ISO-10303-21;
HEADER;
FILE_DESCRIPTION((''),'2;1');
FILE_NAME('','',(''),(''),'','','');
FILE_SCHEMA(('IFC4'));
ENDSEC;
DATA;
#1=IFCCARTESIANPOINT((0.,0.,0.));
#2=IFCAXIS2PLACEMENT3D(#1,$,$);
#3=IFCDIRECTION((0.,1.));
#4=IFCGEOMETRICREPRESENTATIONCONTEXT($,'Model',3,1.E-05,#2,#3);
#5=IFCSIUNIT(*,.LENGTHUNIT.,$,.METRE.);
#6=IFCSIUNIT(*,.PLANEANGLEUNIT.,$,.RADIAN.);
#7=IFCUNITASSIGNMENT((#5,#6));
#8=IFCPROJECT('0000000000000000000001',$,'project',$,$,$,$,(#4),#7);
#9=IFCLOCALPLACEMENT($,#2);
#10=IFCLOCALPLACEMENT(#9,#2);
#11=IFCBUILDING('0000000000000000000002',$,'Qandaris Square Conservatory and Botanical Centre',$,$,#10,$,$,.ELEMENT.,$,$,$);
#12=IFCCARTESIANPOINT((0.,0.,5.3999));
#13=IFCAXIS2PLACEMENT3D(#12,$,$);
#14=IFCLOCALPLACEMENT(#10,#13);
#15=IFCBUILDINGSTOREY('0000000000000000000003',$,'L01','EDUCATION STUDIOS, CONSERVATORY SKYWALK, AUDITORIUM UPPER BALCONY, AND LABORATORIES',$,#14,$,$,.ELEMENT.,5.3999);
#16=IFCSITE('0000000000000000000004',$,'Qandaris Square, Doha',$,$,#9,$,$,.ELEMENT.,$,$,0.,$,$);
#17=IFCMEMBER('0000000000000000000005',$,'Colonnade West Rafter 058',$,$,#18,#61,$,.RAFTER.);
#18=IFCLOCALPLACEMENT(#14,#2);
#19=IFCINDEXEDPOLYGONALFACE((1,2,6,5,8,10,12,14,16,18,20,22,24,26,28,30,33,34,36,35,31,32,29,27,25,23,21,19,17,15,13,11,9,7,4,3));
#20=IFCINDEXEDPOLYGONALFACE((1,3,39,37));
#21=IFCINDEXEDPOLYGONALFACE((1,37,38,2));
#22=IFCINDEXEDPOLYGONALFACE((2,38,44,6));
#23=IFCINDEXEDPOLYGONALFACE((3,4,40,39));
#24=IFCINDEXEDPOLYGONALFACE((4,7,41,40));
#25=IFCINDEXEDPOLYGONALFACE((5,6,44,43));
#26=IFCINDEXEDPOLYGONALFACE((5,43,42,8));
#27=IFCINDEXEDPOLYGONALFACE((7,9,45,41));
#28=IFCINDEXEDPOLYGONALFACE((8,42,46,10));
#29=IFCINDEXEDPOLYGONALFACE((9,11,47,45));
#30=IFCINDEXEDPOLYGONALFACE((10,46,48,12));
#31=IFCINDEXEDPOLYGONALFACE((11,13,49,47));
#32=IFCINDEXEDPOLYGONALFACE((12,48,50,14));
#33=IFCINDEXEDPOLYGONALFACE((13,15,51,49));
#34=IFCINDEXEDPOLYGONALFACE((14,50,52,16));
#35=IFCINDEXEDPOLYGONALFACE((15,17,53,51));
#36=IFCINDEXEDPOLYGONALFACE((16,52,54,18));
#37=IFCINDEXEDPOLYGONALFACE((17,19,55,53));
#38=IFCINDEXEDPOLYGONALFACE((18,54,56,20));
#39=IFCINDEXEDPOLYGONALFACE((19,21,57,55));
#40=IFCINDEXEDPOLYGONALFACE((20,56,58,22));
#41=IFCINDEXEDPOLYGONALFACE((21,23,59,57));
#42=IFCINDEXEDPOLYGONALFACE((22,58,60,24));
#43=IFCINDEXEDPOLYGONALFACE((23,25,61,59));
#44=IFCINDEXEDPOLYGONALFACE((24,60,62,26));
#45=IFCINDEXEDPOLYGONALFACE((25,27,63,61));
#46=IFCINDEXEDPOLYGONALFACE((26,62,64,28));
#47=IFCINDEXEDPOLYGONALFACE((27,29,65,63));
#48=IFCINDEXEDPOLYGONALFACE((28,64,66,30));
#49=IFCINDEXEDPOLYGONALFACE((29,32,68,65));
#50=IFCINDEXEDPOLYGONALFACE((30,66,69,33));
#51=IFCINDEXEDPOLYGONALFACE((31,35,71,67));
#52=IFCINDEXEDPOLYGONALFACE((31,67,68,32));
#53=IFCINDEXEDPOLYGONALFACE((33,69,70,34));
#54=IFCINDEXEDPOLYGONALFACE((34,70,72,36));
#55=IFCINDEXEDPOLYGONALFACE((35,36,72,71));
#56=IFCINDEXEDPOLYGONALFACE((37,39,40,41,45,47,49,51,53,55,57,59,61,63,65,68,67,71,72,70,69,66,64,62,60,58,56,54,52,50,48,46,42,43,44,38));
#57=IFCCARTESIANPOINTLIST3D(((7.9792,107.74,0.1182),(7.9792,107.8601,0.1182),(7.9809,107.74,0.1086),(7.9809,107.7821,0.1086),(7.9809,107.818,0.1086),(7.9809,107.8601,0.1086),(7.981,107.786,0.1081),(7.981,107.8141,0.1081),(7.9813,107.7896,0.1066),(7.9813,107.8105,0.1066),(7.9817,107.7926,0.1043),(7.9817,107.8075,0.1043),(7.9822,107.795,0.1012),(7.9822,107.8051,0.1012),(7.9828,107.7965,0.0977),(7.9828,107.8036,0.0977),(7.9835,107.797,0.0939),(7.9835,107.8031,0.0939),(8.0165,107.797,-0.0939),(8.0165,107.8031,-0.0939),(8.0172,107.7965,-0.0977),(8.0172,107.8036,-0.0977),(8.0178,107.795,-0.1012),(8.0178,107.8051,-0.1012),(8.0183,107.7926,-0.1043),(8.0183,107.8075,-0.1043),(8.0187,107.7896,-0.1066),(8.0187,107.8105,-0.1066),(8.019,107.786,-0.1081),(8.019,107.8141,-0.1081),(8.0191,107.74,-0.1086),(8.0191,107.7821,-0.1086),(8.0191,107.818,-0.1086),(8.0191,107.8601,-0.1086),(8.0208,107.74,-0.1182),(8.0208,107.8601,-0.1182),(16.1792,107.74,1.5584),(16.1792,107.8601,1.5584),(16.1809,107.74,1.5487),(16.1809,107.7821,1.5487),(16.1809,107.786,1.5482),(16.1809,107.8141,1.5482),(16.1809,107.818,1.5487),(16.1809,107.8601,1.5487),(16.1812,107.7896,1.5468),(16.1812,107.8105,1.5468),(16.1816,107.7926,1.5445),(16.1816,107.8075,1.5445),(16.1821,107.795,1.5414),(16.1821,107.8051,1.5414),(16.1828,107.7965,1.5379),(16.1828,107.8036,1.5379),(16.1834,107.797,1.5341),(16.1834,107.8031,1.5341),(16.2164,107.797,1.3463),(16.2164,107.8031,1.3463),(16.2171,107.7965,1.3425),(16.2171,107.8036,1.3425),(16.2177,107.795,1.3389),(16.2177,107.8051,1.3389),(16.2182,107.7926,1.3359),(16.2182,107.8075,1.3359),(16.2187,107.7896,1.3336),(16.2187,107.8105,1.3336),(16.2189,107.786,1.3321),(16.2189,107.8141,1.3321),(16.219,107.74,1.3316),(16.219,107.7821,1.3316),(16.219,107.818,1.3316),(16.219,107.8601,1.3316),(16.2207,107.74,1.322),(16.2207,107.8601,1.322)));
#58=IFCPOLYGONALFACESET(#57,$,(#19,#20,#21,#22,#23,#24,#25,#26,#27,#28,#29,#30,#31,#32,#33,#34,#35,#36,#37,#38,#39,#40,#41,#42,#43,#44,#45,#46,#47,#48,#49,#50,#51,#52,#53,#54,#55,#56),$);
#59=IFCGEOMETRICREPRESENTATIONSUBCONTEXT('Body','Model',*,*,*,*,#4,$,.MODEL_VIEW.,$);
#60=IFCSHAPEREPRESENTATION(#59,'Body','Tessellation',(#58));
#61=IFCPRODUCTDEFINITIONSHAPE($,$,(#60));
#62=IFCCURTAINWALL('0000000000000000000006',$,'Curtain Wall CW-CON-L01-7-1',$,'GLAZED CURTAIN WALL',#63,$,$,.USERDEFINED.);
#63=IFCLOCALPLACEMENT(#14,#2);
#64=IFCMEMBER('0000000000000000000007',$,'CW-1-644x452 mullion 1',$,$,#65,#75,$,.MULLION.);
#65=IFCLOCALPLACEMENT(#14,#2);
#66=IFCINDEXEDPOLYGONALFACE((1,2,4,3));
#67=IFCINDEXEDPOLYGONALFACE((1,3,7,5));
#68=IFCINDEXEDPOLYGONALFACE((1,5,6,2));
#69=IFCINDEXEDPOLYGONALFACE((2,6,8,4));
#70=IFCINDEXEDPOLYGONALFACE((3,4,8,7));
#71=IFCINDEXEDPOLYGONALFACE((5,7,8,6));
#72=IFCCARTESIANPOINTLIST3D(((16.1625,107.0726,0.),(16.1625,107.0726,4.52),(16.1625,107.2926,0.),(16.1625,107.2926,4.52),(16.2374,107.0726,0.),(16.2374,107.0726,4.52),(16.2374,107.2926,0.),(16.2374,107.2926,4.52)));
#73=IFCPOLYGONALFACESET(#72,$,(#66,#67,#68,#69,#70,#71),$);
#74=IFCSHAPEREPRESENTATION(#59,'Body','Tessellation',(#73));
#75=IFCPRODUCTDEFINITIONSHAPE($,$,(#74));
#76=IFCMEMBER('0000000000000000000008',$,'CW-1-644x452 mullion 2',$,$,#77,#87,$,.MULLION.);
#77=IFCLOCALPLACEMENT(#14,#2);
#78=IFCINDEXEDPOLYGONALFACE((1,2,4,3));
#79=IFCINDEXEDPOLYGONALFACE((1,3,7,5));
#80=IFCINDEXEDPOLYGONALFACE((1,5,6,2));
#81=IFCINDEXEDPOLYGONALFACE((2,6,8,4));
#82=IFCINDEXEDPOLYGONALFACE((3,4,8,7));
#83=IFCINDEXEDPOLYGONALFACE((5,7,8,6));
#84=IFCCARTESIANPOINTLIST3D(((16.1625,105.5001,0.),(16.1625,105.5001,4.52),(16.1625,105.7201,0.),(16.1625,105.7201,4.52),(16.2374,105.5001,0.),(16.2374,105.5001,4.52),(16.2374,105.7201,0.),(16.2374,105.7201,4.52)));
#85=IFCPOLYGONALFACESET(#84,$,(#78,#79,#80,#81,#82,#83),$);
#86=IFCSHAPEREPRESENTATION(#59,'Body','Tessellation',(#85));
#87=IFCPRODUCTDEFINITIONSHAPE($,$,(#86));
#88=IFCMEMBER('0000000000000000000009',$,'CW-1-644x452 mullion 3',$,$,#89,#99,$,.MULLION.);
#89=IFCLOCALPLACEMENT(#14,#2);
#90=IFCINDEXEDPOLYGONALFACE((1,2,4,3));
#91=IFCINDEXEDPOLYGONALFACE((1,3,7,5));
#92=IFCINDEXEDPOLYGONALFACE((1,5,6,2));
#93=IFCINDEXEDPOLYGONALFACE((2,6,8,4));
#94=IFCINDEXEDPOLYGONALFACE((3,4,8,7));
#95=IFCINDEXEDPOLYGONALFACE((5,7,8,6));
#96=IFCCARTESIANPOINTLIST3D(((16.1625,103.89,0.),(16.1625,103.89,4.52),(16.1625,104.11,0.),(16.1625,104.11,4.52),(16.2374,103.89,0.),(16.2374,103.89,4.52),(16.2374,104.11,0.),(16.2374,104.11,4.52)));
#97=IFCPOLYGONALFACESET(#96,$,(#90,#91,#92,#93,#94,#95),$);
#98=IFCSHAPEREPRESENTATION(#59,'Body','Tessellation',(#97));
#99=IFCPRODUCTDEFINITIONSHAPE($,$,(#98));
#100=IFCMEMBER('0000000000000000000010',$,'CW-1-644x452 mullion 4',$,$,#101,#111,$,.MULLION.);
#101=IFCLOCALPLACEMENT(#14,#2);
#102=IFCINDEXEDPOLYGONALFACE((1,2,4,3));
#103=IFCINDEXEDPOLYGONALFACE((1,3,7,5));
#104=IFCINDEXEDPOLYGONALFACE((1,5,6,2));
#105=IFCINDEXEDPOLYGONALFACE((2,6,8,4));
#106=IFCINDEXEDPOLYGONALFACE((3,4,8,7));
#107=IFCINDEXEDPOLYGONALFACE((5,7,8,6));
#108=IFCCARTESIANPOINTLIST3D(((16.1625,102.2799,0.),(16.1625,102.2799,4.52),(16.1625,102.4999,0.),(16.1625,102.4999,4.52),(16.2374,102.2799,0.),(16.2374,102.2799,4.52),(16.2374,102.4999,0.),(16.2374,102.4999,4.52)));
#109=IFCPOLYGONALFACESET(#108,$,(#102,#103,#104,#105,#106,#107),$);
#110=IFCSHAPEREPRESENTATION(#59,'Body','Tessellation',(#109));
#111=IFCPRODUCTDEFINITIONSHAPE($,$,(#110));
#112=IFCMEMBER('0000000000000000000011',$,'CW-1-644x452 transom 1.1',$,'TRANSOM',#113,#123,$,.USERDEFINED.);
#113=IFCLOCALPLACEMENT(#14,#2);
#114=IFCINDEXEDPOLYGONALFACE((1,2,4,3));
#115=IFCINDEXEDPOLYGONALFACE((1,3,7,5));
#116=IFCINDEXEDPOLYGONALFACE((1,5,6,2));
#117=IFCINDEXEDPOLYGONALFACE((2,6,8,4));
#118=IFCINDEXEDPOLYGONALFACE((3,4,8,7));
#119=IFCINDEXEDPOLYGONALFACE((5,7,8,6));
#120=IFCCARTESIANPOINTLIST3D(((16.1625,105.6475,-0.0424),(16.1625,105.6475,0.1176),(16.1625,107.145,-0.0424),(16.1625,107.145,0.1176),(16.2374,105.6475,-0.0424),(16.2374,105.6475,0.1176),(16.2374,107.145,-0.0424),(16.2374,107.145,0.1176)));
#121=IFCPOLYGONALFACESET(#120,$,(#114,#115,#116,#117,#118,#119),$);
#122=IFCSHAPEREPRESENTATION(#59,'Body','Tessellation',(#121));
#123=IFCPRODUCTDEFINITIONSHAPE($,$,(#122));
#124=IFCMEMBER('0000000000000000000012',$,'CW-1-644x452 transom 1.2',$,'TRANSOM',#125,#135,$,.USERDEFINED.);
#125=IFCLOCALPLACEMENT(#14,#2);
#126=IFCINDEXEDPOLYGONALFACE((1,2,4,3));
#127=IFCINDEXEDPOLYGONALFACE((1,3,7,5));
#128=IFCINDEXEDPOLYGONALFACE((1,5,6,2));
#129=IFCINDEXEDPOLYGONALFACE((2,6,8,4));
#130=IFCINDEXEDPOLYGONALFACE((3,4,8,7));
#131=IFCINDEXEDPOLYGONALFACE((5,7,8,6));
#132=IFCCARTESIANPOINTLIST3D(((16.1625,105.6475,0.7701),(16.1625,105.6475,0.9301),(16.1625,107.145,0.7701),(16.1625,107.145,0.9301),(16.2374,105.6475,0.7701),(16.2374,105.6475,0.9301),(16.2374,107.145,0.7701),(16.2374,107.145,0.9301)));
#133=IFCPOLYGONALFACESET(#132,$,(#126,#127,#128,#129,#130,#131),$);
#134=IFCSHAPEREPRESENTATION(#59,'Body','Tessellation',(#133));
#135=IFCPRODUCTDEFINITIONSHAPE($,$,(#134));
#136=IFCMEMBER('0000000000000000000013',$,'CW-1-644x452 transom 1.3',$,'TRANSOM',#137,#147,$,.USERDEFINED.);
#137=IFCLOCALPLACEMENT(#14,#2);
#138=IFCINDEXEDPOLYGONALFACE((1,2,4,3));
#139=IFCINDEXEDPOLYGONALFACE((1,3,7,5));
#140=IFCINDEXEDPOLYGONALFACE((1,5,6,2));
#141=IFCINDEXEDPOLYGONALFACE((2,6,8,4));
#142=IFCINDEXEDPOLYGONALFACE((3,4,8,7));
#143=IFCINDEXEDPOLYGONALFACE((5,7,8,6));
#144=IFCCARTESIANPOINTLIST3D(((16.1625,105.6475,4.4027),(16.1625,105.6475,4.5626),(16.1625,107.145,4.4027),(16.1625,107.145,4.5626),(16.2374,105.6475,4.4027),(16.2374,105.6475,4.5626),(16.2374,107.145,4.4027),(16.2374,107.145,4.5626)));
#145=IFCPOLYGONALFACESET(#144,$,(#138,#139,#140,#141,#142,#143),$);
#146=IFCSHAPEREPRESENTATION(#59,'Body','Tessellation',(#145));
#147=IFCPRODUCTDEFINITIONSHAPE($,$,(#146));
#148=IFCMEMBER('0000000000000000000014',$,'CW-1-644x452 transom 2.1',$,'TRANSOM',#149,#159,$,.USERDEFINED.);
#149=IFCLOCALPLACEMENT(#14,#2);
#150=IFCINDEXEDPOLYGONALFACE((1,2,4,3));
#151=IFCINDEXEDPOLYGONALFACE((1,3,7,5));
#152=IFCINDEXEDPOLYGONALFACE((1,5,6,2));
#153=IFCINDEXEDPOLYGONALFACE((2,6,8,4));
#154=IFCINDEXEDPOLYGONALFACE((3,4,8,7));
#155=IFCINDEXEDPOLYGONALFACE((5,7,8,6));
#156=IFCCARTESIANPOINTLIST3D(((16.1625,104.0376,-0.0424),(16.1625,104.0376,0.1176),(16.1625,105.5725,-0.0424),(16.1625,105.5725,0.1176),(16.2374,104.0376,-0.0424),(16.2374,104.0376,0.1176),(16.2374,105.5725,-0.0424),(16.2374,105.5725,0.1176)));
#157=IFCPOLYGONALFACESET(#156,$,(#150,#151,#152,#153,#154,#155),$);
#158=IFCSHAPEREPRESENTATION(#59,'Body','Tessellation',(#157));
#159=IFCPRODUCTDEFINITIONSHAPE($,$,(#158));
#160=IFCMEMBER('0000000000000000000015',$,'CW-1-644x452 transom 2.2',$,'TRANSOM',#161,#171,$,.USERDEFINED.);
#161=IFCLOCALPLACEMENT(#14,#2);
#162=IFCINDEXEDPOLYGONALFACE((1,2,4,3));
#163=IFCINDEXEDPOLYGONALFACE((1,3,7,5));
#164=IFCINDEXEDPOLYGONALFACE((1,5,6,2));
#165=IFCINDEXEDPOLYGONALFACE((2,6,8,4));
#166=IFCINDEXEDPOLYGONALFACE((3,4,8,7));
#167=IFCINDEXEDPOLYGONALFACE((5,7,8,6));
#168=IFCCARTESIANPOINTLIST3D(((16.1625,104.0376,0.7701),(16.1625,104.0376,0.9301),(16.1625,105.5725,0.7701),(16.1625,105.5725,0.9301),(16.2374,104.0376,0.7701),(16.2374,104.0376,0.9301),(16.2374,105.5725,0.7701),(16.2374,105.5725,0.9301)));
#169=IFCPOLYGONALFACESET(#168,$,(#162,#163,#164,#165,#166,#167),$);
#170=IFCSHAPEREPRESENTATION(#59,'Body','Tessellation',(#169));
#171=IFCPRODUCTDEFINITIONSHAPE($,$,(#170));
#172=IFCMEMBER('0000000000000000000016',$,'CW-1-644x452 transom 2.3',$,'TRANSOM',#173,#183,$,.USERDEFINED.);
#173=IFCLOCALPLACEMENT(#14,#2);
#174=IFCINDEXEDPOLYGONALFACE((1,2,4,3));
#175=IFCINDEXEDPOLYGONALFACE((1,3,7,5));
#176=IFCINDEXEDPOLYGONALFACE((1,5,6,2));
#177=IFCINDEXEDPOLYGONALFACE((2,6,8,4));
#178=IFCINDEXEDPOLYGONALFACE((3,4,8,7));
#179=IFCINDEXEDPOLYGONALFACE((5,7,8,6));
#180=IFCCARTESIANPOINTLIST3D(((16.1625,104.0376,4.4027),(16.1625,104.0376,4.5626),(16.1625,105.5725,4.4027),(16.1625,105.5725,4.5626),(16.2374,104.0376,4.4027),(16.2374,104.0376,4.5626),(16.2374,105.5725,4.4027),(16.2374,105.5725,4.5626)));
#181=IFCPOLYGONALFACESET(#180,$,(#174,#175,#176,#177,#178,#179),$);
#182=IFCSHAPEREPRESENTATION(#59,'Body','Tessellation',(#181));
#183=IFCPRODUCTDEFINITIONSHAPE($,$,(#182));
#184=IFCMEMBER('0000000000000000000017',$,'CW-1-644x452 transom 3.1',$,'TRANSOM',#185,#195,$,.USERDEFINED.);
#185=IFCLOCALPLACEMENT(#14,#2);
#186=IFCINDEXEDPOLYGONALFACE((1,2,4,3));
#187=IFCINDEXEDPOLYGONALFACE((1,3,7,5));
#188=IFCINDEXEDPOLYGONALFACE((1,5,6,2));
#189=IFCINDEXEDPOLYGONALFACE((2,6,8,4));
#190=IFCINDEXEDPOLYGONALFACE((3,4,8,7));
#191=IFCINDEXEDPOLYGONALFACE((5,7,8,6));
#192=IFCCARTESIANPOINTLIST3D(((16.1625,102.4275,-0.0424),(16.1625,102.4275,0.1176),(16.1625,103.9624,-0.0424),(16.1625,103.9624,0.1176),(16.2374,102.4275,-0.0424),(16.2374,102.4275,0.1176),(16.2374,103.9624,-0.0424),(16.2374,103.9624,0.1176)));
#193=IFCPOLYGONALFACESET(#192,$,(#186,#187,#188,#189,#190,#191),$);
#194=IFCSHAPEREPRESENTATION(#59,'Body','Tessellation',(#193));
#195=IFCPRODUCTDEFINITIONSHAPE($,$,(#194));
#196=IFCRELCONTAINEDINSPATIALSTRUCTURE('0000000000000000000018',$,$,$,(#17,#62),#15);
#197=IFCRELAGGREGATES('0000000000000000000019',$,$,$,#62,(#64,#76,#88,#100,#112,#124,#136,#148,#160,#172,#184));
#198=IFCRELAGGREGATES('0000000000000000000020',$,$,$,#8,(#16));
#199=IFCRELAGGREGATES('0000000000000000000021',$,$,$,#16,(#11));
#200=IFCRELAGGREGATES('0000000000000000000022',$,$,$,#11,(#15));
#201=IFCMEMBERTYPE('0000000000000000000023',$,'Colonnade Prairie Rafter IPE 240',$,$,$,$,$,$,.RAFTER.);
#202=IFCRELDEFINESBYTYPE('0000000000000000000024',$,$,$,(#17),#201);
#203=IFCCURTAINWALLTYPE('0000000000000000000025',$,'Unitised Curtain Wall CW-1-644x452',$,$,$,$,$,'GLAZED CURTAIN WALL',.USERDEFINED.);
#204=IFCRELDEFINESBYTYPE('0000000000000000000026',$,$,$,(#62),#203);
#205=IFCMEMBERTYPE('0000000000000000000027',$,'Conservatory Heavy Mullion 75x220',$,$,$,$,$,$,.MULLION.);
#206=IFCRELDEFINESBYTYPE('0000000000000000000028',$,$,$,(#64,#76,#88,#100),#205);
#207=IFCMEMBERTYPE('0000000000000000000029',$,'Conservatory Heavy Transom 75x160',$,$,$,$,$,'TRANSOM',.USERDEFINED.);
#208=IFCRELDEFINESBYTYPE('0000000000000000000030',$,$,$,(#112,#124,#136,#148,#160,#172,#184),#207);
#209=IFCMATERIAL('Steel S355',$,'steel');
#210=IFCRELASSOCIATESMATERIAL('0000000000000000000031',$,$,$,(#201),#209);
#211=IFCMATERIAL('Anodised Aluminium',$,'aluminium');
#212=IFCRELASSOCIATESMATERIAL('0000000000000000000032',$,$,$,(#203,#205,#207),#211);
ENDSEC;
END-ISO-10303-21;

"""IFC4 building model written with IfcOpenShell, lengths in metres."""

from ifc_helpers import new_model, si_unit, direction, frame, origin, origin_2d, place, context, subcontext, project, spatial, rectangle, i_section, extrude, material, material_profile, profile_set, type_object, element, aggregate, save


model = new_model("IFC4")

# Units and contexts
model_context = context("Model", 3, precision=1e-05, world=origin(), true_north=direction((0.0, 1.0)))
body_context = subcontext(model_context, "Body", "Model", "MODEL_VIEW")
ifc_project = project(units=[si_unit("LENGTHUNIT", "METRE"), si_unit("PLANEANGLEUNIT", "RADIAN")], contexts=[model_context])

# Site, building, storey
site_placement = place(None, origin())
site = spatial("IfcSite", under=ifc_project, at=site_placement, Name="Qandaris Square, Doha", CompositionType="ELEMENT", RefElevation=0.0)
building_placement = place(site_placement, origin())
building = spatial("IfcBuilding", under=site, at=building_placement, Name="Qandaris Square Conservatory and Botanical Centre", CompositionType="ELEMENT")
storey_placement = place(building_placement, frame((0.0, 0.0, 5.3999)))
storey = spatial("IfcBuildingStorey", under=building, at=storey_placement, Name="L01", Description="EDUCATION STUDIOS, CONSERVATORY SKYWALK, AUDITORIUM UPPER BALCONY, AND LABORATORIES", CompositionType="ELEMENT", Elevation=5.3999)

# Member
ifc_material_1 = material(Name="Steel S355", Category="steel")
ifc_material_profile_1 = material_profile(ifc_material_1, i_section(OverallWidth=0.1201, OverallDepth=0.24, WebThickness=0.0061, FlangeThickness=0.0098, FilletRadius=0.0149, at=origin_2d()), Name="IPE 240")
ifc_profile_set_1 = profile_set([ifc_material_profile_1], Name="Steel S355")
member_type_1 = type_object("IfcMemberType", Name="Colonnade Prairie Rafter IPE 240", PredefinedType="RAFTER", material=ifc_profile_set_1)
member_1_placement = place(storey_placement, frame((8.0, 107.8, 0.0), z_axis=(0.984924, 0.0, 0.172986), x_axis=(0.0, 1.0, 0.0)))
element("IfcMember", 1, at=member_1_placement, inside=storey, type_object=member_type_1, Name="Colonnade West Rafter 058", PredefinedType="RAFTER", context=body_context, shape_type="SweptSolid", body=[
    extrude(i_section(OverallWidth=0.1201, OverallDepth=0.24, WebThickness=0.0061, FlangeThickness=0.0098, FilletRadius=0.0149, at=origin_2d()), origin(), (0.0, 0.0, 1.0), 8.3254),
])

# Curtain wall, members
ifc_material_2 = material(Name="Anodised Aluminium", Category="aluminium")
curtain_wall_type = type_object("IfcCurtainWallType", Name="Unitised Curtain Wall CW-1-644x452", ElementType="GLAZED CURTAIN WALL", PredefinedType="USERDEFINED", material=ifc_material_2)
curtain_wall_placement = place(storey_placement, origin())
curtain_wall = element("IfcCurtainWall", 2, at=curtain_wall_placement, inside=storey, type_object=curtain_wall_type, Name="Curtain Wall CW-CON-L01-7-1", ObjectType="GLAZED CURTAIN WALL", PredefinedType="USERDEFINED")
ifc_material_profile_2 = material_profile(ifc_material_2, rectangle(XDim=0.075, YDim=0.22, at=origin_2d()), Name="ALU-MUL 75x220")
ifc_profile_set_2 = profile_set([ifc_material_profile_2], Name="Anodised Aluminium")
member_type_2 = type_object("IfcMemberType", Name="Conservatory Heavy Mullion 75x220", PredefinedType="MULLION", material=ifc_profile_set_2)
member_2_placement = place(storey_placement, frame((16.2, 107.1826, 0.0), z_axis=(0.0, 0.0, 1.0), x_axis=(1.0, 0.0, 0.0)))
member_2 = element("IfcMember", 3, at=member_2_placement, type_object=member_type_2, Name="CW-1-644x452 mullion 1", PredefinedType="MULLION", context=body_context, shape_type="SweptSolid", body=[
    extrude(rectangle(XDim=0.075, YDim=0.22, at=origin_2d()), origin(), (0.0, 0.0, 1.0), 4.52),
])
member_3_placement = place(storey_placement, frame((16.2, 105.6101, 0.0), z_axis=(0.0, 0.0, 1.0), x_axis=(1.0, 0.0, 0.0)))
member_3 = element("IfcMember", 4, at=member_3_placement, type_object=member_type_2, Name="CW-1-644x452 mullion 2", PredefinedType="MULLION", context=body_context, shape_type="SweptSolid", body=[
    extrude(rectangle(XDim=0.075, YDim=0.22, at=origin_2d()), origin(), (0.0, 0.0, 1.0), 4.52),
])
member_4_placement = place(storey_placement, frame((16.2, 104.0, 0.0), z_axis=(0.0, 0.0, 1.0), x_axis=(1.0, 0.0, 0.0)))
member_4 = element("IfcMember", 5, at=member_4_placement, type_object=member_type_2, Name="CW-1-644x452 mullion 3", PredefinedType="MULLION", context=body_context, shape_type="SweptSolid", body=[
    extrude(rectangle(XDim=0.075, YDim=0.22, at=origin_2d()), origin(), (0.0, 0.0, 1.0), 4.52),
])
member_5_placement = place(storey_placement, frame((16.2, 102.3899, 0.0), z_axis=(0.0, 0.0, 1.0), x_axis=(1.0, 0.0, 0.0)))
member_5 = element("IfcMember", 6, at=member_5_placement, type_object=member_type_2, Name="CW-1-644x452 mullion 4", PredefinedType="MULLION", context=body_context, shape_type="SweptSolid", body=[
    extrude(rectangle(XDim=0.075, YDim=0.22, at=origin_2d()), origin(), (0.0, 0.0, 1.0), 4.52),
])
ifc_material_profile_3 = material_profile(ifc_material_2, rectangle(XDim=0.075, YDim=0.1599, at=origin_2d()), Name="ALU-TRN 75x160")
ifc_profile_set_3 = profile_set([ifc_material_profile_3], Name="Anodised Aluminium")
member_type_3 = type_object("IfcMemberType", Name="Conservatory Heavy Transom 75x160", ElementType="TRANSOM", PredefinedType="USERDEFINED", material=ifc_profile_set_3)
member_6_placement = place(storey_placement, frame((16.2, 107.145, 0.0376), z_axis=(0.0, -1.0, 0.0), x_axis=(1.0, 0.0, 0.0)))
member_6 = element("IfcMember", 7, at=member_6_placement, type_object=member_type_3, Name="CW-1-644x452 transom 1.1", ObjectType="TRANSOM", PredefinedType="USERDEFINED", context=body_context, shape_type="SweptSolid", body=[
    extrude(rectangle(XDim=0.075, YDim=0.1599, at=origin_2d()), origin(), (0.0, 0.0, 1.0), 1.4976),
])
member_7_placement = place(storey_placement, frame((16.2, 107.145, 0.8501), z_axis=(0.0, -1.0, 0.0), x_axis=(1.0, 0.0, 0.0)))
member_7 = element("IfcMember", 8, at=member_7_placement, type_object=member_type_3, Name="CW-1-644x452 transom 1.2", ObjectType="TRANSOM", PredefinedType="USERDEFINED", context=body_context, shape_type="SweptSolid", body=[
    extrude(rectangle(XDim=0.075, YDim=0.1599, at=origin_2d()), origin(), (0.0, 0.0, 1.0), 1.4976),
])
member_8_placement = place(storey_placement, frame((16.2, 107.145, 4.4827), z_axis=(0.0, -1.0, 0.0), x_axis=(1.0, 0.0, 0.0)))
member_8 = element("IfcMember", 9, at=member_8_placement, type_object=member_type_3, Name="CW-1-644x452 transom 1.3", ObjectType="TRANSOM", PredefinedType="USERDEFINED", context=body_context, shape_type="SweptSolid", body=[
    extrude(rectangle(XDim=0.075, YDim=0.1599, at=origin_2d()), origin(), (0.0, 0.0, 1.0), 1.4976),
])
member_9_placement = place(storey_placement, frame((16.2, 105.5725, 0.0376), z_axis=(0.0, -1.0, 0.0), x_axis=(1.0, 0.0, 0.0)))
member_9 = element("IfcMember", 10, at=member_9_placement, type_object=member_type_3, Name="CW-1-644x452 transom 2.1", ObjectType="TRANSOM", PredefinedType="USERDEFINED", context=body_context, shape_type="SweptSolid", body=[
    extrude(rectangle(XDim=0.075, YDim=0.1599, at=origin_2d()), origin(), (0.0, 0.0, 1.0), 1.5349),
])
member_10_placement = place(storey_placement, frame((16.2, 105.5725, 0.8501), z_axis=(0.0, -1.0, 0.0), x_axis=(1.0, 0.0, 0.0)))
member_10 = element("IfcMember", 11, at=member_10_placement, type_object=member_type_3, Name="CW-1-644x452 transom 2.2", ObjectType="TRANSOM", PredefinedType="USERDEFINED", context=body_context, shape_type="SweptSolid", body=[
    extrude(rectangle(XDim=0.075, YDim=0.1599, at=origin_2d()), origin(), (0.0, 0.0, 1.0), 1.5349),
])
member_11_placement = place(storey_placement, frame((16.2, 105.5725, 4.4827), z_axis=(0.0, -1.0, 0.0), x_axis=(1.0, 0.0, 0.0)))
member_11 = element("IfcMember", 12, at=member_11_placement, type_object=member_type_3, Name="CW-1-644x452 transom 2.3", ObjectType="TRANSOM", PredefinedType="USERDEFINED", context=body_context, shape_type="SweptSolid", body=[
    extrude(rectangle(XDim=0.075, YDim=0.1599, at=origin_2d()), origin(), (0.0, 0.0, 1.0), 1.5349),
])
member_12_placement = place(storey_placement, frame((16.2, 103.9624, 0.0376), z_axis=(0.0, -1.0, 0.0), x_axis=(1.0, 0.0, 0.0)))
member_12 = element("IfcMember", 13, at=member_12_placement, type_object=member_type_3, Name="CW-1-644x452 transom 3.1", ObjectType="TRANSOM", PredefinedType="USERDEFINED", context=body_context, shape_type="SweptSolid", body=[
    extrude(rectangle(XDim=0.075, YDim=0.1599, at=origin_2d()), origin(), (0.0, 0.0, 1.0), 1.5349),
])
aggregate(curtain_wall, [member_2, member_3, member_4, member_5, member_6, member_7, member_8, member_9, member_10, member_11, member_12])

save(model, "model.ifc")
